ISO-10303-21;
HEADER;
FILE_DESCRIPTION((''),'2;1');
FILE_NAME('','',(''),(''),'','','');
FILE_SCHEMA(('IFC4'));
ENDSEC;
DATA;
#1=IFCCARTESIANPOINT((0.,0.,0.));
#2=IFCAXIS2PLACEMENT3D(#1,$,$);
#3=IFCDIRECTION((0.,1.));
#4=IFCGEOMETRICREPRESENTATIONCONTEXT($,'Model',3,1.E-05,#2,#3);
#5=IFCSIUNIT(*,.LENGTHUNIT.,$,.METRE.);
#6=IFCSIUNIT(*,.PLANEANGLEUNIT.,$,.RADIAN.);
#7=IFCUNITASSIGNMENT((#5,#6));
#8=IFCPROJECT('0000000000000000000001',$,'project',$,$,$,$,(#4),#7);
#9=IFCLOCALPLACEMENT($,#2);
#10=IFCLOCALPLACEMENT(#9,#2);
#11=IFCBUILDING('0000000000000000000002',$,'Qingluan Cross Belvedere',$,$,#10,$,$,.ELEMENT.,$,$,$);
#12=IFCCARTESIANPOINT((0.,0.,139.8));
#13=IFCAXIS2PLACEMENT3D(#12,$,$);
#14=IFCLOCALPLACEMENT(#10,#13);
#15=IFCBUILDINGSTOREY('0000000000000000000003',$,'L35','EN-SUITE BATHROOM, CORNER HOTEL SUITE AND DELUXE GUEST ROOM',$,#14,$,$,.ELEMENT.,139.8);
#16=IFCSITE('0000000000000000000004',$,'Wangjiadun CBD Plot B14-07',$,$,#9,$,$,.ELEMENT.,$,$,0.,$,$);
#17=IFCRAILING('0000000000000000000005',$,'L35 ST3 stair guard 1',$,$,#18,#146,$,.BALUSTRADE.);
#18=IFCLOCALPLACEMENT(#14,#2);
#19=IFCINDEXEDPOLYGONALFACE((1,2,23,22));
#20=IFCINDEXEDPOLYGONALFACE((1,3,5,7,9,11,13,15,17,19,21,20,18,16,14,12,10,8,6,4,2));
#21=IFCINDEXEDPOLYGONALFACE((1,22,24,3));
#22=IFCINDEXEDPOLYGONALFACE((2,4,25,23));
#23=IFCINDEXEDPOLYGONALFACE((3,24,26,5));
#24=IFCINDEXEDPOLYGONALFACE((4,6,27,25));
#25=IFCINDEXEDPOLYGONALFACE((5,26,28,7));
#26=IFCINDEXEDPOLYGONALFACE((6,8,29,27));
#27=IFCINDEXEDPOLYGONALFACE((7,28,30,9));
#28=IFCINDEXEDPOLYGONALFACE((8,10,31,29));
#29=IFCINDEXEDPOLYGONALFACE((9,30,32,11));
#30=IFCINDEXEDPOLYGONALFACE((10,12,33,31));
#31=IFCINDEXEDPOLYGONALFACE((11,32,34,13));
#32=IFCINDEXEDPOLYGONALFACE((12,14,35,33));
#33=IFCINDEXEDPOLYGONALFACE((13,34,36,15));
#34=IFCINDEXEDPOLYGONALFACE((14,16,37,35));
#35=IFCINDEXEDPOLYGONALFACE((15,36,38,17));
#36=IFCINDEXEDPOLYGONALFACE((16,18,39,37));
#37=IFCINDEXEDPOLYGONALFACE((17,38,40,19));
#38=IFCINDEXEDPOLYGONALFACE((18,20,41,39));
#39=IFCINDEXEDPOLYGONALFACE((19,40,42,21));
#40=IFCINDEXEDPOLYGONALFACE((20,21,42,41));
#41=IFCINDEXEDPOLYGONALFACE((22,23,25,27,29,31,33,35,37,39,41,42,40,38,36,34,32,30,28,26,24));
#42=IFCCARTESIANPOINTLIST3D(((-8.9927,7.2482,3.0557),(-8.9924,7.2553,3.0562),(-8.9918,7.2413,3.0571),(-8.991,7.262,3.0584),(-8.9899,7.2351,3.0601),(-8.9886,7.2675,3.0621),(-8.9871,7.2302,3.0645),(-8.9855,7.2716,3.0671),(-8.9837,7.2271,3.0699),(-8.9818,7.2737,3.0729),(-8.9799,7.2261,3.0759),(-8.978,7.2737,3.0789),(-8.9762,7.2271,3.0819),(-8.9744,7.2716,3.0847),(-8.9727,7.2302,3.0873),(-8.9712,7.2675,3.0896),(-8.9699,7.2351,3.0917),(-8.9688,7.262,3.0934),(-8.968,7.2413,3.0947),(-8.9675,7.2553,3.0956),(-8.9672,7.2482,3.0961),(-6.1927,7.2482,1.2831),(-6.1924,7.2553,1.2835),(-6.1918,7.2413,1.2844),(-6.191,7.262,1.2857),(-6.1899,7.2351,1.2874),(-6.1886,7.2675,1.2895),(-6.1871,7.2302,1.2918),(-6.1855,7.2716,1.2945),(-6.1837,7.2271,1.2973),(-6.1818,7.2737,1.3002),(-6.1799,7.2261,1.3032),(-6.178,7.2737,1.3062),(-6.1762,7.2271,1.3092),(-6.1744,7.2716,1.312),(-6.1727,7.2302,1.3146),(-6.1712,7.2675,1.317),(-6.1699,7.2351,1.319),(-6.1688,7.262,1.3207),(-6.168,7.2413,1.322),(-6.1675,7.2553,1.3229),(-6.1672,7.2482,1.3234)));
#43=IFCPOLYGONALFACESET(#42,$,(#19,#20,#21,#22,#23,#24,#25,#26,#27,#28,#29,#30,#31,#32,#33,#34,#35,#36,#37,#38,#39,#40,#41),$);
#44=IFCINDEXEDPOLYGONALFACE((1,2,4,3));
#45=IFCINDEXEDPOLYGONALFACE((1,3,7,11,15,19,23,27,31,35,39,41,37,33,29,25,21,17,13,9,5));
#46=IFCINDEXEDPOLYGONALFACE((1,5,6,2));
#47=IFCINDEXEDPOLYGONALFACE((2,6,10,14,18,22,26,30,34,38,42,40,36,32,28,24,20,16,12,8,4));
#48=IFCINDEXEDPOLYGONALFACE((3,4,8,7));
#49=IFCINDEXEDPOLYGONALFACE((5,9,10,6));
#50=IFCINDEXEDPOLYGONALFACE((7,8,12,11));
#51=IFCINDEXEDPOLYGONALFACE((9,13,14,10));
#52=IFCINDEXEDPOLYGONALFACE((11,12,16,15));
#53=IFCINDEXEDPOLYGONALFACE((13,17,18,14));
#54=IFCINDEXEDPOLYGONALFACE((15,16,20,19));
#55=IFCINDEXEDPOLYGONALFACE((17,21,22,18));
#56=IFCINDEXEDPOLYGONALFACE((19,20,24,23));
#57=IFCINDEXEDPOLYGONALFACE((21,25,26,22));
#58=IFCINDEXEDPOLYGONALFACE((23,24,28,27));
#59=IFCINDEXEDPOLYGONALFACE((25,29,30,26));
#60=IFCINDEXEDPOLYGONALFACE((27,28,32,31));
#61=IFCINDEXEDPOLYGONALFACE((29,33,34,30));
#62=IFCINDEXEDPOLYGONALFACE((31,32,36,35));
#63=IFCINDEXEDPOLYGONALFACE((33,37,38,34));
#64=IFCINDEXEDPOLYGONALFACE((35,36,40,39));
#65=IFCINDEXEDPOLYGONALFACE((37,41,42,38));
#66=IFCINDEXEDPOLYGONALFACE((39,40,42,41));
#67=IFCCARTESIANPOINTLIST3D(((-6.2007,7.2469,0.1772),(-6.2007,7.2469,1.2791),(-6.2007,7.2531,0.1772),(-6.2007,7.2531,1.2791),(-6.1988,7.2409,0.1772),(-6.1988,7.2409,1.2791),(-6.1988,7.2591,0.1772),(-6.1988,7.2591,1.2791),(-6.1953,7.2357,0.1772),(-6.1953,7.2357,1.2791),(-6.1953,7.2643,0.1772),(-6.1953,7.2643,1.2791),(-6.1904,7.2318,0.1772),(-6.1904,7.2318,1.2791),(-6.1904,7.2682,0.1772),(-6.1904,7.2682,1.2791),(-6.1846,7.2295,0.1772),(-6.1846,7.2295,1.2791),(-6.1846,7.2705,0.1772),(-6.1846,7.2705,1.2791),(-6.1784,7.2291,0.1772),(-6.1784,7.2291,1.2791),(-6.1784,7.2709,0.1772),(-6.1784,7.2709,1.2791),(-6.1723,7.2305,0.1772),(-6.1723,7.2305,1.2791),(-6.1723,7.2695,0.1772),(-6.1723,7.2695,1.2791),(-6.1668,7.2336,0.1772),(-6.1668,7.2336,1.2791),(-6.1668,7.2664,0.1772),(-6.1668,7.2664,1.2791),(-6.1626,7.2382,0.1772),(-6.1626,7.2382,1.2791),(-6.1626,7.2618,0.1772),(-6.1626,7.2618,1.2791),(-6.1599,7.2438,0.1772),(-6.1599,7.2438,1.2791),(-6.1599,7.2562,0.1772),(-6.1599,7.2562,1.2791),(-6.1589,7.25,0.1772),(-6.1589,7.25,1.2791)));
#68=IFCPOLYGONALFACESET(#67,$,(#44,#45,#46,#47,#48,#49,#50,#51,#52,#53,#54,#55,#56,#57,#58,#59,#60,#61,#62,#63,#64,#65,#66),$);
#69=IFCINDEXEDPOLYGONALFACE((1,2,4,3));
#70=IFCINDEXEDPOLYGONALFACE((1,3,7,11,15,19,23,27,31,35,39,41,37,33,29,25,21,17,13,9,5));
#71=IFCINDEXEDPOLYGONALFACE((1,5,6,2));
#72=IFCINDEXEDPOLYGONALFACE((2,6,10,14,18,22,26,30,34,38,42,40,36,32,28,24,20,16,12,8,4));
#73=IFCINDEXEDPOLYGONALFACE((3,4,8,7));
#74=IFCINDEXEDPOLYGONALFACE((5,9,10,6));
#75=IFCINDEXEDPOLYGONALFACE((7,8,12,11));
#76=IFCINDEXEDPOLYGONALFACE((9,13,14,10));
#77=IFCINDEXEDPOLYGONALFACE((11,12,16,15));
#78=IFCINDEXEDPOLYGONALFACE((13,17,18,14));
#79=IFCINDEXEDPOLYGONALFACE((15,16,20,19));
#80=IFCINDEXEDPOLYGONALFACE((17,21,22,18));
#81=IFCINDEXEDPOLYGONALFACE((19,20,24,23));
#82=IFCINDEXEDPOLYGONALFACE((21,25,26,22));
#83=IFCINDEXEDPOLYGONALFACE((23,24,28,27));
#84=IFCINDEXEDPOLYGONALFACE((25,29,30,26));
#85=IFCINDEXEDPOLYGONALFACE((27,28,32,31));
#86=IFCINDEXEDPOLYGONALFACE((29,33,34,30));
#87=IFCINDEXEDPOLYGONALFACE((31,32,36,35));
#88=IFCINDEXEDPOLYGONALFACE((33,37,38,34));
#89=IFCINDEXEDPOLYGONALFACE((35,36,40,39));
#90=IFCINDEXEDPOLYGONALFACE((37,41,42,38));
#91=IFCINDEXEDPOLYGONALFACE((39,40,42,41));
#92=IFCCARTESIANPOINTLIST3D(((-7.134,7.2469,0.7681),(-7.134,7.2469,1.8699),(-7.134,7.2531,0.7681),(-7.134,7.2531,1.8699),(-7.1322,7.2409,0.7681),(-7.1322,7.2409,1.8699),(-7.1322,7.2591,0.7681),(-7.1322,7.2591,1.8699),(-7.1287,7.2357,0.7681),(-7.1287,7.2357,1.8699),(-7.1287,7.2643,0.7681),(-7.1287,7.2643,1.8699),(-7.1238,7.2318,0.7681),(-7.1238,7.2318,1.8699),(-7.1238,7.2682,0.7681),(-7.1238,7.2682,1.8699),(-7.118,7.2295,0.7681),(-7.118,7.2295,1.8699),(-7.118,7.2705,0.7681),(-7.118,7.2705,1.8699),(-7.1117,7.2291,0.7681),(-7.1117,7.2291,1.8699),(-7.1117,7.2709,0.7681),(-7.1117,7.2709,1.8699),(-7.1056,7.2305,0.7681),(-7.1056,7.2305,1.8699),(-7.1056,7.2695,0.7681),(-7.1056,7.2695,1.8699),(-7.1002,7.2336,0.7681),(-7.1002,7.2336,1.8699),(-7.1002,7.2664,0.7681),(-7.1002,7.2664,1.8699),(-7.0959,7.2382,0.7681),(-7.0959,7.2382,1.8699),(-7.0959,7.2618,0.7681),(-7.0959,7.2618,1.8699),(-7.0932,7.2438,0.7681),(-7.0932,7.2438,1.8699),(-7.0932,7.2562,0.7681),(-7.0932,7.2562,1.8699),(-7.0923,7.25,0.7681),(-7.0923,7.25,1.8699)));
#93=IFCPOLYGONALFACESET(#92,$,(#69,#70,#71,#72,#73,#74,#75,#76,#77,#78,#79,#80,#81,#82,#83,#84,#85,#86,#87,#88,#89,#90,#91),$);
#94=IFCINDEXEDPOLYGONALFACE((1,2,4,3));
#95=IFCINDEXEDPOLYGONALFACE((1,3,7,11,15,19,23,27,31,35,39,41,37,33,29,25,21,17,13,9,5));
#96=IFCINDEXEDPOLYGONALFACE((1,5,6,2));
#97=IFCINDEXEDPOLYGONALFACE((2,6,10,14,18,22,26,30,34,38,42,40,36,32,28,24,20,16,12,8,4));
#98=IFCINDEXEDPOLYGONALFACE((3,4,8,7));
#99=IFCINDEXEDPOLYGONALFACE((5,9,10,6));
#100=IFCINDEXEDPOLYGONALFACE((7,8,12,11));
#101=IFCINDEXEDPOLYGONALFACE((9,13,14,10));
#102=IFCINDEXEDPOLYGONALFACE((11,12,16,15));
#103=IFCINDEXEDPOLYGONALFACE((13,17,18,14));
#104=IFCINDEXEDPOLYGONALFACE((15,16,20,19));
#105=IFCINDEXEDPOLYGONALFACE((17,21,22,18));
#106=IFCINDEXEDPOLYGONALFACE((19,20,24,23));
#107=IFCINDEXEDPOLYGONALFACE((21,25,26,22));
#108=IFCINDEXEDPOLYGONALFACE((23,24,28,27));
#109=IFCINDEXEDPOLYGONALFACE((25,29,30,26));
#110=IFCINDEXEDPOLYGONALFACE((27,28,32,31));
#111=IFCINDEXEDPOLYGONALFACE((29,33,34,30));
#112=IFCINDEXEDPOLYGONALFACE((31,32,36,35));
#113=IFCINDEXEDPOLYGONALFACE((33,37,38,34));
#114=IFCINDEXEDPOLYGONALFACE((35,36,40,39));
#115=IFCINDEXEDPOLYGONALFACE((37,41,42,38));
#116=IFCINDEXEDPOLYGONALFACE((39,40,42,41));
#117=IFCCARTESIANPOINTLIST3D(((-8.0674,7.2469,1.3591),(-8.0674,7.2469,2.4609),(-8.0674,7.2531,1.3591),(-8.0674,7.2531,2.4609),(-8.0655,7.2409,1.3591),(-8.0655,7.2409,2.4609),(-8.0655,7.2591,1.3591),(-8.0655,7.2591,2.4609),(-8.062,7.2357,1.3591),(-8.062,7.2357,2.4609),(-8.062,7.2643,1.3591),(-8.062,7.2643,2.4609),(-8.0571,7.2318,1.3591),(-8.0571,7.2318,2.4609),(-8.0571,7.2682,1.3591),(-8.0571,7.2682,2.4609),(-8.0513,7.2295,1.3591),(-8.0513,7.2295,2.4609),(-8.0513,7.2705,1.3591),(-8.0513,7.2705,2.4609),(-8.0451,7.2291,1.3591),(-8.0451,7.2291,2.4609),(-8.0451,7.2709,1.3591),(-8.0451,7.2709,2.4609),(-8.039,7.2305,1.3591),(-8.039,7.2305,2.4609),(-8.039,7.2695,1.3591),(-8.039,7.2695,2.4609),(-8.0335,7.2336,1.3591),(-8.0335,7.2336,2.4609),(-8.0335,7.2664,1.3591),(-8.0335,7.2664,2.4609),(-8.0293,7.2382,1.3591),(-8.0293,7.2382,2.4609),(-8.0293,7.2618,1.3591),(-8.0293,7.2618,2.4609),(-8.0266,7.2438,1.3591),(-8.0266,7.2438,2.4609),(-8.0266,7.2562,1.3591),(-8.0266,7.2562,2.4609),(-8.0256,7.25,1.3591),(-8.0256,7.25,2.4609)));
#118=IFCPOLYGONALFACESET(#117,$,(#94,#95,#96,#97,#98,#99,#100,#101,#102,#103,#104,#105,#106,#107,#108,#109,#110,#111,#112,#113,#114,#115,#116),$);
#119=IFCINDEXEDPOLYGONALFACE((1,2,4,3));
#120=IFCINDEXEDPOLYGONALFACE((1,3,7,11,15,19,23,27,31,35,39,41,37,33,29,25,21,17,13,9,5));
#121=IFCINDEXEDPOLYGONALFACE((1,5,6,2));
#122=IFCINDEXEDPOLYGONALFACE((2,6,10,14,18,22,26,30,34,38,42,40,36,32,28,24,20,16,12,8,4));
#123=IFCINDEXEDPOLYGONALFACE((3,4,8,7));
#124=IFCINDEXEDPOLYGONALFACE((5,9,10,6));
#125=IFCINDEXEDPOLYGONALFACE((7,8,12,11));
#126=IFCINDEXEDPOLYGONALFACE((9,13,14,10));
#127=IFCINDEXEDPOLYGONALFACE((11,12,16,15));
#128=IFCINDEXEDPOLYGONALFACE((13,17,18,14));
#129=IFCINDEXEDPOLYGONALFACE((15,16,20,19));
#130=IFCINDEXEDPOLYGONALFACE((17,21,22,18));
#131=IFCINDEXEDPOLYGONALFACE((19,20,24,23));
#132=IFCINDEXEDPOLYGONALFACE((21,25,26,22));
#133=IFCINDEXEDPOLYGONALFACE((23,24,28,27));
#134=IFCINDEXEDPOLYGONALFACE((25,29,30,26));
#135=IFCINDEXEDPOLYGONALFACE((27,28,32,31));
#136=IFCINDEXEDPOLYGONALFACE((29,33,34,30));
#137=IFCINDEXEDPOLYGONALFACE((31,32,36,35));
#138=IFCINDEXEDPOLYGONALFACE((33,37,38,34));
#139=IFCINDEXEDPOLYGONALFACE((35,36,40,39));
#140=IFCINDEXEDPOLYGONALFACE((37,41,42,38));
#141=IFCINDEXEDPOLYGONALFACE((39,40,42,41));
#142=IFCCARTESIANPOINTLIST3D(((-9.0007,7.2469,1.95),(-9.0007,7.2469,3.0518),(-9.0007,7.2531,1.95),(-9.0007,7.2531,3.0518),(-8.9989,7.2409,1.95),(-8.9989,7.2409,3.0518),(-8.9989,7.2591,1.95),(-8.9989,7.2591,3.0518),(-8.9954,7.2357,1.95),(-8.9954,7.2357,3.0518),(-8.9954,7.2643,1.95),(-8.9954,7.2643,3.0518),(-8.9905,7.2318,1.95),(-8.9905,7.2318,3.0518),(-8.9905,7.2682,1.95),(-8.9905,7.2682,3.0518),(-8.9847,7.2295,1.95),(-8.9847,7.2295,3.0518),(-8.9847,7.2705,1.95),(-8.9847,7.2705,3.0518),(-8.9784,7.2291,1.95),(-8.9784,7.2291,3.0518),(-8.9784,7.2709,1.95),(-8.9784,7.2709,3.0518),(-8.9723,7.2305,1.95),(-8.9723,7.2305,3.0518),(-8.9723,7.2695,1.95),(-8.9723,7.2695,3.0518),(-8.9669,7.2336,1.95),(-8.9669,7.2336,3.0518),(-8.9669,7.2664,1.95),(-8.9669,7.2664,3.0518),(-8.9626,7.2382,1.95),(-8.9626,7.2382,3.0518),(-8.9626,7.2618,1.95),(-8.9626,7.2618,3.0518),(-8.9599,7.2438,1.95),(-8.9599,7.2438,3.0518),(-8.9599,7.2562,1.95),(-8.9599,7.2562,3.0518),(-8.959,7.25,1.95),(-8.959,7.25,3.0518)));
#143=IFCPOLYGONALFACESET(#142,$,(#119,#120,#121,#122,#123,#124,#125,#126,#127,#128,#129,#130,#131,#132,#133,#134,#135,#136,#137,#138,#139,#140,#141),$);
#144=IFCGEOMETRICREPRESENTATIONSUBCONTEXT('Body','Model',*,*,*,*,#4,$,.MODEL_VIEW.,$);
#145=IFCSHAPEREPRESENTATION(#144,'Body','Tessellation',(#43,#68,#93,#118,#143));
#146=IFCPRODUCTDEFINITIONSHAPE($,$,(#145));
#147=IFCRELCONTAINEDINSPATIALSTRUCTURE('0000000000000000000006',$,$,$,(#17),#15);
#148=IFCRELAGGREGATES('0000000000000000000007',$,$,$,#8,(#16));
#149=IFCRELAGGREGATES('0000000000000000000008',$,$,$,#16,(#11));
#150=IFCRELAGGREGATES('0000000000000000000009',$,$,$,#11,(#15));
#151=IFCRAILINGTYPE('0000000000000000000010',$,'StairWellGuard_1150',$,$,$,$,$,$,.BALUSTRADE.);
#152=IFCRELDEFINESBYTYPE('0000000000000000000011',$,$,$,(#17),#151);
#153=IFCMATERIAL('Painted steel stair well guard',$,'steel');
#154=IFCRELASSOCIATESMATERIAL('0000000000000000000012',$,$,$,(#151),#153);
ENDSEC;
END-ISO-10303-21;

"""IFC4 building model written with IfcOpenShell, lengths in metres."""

from ifc_helpers import new_model, si_unit, direction, frame, origin, origin_2d, place, context, subcontext, project, spatial, circle, extrude, material, type_object, element, save


model = new_model("IFC4")

# Units and contexts
model_context = context("Model", 3, precision=1e-05, world=origin(), true_north=direction((0.0, 1.0)))
body_context = subcontext(model_context, "Body", "Model", "MODEL_VIEW")
ifc_project = project(units=[si_unit("LENGTHUNIT", "METRE"), si_unit("PLANEANGLEUNIT", "RADIAN")], contexts=[model_context])

# Site, building, storey
site_placement = place(None, origin())
site = spatial("IfcSite", under=ifc_project, at=site_placement, Name="Wangjiadun CBD Plot B14-07", CompositionType="ELEMENT", RefElevation=0.0)
building_placement = place(site_placement, origin())
building = spatial("IfcBuilding", under=site, at=building_placement, Name="Qingluan Cross Belvedere", CompositionType="ELEMENT")
storey_placement = place(building_placement, frame((0.0, 0.0, 139.8)))
storey = spatial("IfcBuildingStorey", under=building, at=storey_placement, Name="L35", Description="EN-SUITE BATHROOM, CORNER HOTEL SUITE AND DELUXE GUEST ROOM", CompositionType="ELEMENT", Elevation=139.8)

# Railing
ifc_material_1 = material(Name="Painted steel stair well guard", Category="steel")
railing_type_1 = type_object("IfcRailingType", Name="StairWellGuard_1150", PredefinedType="BALUSTRADE", material=ifc_material_1)
railing_1_placement = place(storey_placement, frame((-6.1799, 7.25, 0.1772)))
element("IfcRailing", 1, at=railing_1_placement, inside=storey, type_object=railing_type_1, Name="L35 ST3 stair guard 1", PredefinedType="BALUSTRADE", context=body_context, shape_type="SweptSolid", body=[
    extrude(circle(Radius=0.0239, at=origin_2d()), frame((0.0, 0.0, 1.126), z_axis=(-0.844909, 0.0, 0.53491), x_axis=(0.0, -1.0, 0.0)), (0.0, 0.0, 1.0), 3.314),
    extrude(circle(Radius=0.021, at=origin_2d()), origin(), (0.0, 0.0, 1.0), 1.1018),
    extrude(circle(Radius=0.021, at=origin_2d()), frame((-0.9333, 0.0, 0.5908)), (0.0, 0.0, 1.0), 1.1018),
    extrude(circle(Radius=0.021, at=origin_2d()), frame((-1.8667, 0.0, 1.1819)), (0.0, 0.0, 1.0), 1.1018),
    extrude(circle(Radius=0.021, at=origin_2d()), frame((-2.8, 0.0, 1.7727)), (0.0, 0.0, 1.0), 1.1018),
])

save(model, "model.ifc")
